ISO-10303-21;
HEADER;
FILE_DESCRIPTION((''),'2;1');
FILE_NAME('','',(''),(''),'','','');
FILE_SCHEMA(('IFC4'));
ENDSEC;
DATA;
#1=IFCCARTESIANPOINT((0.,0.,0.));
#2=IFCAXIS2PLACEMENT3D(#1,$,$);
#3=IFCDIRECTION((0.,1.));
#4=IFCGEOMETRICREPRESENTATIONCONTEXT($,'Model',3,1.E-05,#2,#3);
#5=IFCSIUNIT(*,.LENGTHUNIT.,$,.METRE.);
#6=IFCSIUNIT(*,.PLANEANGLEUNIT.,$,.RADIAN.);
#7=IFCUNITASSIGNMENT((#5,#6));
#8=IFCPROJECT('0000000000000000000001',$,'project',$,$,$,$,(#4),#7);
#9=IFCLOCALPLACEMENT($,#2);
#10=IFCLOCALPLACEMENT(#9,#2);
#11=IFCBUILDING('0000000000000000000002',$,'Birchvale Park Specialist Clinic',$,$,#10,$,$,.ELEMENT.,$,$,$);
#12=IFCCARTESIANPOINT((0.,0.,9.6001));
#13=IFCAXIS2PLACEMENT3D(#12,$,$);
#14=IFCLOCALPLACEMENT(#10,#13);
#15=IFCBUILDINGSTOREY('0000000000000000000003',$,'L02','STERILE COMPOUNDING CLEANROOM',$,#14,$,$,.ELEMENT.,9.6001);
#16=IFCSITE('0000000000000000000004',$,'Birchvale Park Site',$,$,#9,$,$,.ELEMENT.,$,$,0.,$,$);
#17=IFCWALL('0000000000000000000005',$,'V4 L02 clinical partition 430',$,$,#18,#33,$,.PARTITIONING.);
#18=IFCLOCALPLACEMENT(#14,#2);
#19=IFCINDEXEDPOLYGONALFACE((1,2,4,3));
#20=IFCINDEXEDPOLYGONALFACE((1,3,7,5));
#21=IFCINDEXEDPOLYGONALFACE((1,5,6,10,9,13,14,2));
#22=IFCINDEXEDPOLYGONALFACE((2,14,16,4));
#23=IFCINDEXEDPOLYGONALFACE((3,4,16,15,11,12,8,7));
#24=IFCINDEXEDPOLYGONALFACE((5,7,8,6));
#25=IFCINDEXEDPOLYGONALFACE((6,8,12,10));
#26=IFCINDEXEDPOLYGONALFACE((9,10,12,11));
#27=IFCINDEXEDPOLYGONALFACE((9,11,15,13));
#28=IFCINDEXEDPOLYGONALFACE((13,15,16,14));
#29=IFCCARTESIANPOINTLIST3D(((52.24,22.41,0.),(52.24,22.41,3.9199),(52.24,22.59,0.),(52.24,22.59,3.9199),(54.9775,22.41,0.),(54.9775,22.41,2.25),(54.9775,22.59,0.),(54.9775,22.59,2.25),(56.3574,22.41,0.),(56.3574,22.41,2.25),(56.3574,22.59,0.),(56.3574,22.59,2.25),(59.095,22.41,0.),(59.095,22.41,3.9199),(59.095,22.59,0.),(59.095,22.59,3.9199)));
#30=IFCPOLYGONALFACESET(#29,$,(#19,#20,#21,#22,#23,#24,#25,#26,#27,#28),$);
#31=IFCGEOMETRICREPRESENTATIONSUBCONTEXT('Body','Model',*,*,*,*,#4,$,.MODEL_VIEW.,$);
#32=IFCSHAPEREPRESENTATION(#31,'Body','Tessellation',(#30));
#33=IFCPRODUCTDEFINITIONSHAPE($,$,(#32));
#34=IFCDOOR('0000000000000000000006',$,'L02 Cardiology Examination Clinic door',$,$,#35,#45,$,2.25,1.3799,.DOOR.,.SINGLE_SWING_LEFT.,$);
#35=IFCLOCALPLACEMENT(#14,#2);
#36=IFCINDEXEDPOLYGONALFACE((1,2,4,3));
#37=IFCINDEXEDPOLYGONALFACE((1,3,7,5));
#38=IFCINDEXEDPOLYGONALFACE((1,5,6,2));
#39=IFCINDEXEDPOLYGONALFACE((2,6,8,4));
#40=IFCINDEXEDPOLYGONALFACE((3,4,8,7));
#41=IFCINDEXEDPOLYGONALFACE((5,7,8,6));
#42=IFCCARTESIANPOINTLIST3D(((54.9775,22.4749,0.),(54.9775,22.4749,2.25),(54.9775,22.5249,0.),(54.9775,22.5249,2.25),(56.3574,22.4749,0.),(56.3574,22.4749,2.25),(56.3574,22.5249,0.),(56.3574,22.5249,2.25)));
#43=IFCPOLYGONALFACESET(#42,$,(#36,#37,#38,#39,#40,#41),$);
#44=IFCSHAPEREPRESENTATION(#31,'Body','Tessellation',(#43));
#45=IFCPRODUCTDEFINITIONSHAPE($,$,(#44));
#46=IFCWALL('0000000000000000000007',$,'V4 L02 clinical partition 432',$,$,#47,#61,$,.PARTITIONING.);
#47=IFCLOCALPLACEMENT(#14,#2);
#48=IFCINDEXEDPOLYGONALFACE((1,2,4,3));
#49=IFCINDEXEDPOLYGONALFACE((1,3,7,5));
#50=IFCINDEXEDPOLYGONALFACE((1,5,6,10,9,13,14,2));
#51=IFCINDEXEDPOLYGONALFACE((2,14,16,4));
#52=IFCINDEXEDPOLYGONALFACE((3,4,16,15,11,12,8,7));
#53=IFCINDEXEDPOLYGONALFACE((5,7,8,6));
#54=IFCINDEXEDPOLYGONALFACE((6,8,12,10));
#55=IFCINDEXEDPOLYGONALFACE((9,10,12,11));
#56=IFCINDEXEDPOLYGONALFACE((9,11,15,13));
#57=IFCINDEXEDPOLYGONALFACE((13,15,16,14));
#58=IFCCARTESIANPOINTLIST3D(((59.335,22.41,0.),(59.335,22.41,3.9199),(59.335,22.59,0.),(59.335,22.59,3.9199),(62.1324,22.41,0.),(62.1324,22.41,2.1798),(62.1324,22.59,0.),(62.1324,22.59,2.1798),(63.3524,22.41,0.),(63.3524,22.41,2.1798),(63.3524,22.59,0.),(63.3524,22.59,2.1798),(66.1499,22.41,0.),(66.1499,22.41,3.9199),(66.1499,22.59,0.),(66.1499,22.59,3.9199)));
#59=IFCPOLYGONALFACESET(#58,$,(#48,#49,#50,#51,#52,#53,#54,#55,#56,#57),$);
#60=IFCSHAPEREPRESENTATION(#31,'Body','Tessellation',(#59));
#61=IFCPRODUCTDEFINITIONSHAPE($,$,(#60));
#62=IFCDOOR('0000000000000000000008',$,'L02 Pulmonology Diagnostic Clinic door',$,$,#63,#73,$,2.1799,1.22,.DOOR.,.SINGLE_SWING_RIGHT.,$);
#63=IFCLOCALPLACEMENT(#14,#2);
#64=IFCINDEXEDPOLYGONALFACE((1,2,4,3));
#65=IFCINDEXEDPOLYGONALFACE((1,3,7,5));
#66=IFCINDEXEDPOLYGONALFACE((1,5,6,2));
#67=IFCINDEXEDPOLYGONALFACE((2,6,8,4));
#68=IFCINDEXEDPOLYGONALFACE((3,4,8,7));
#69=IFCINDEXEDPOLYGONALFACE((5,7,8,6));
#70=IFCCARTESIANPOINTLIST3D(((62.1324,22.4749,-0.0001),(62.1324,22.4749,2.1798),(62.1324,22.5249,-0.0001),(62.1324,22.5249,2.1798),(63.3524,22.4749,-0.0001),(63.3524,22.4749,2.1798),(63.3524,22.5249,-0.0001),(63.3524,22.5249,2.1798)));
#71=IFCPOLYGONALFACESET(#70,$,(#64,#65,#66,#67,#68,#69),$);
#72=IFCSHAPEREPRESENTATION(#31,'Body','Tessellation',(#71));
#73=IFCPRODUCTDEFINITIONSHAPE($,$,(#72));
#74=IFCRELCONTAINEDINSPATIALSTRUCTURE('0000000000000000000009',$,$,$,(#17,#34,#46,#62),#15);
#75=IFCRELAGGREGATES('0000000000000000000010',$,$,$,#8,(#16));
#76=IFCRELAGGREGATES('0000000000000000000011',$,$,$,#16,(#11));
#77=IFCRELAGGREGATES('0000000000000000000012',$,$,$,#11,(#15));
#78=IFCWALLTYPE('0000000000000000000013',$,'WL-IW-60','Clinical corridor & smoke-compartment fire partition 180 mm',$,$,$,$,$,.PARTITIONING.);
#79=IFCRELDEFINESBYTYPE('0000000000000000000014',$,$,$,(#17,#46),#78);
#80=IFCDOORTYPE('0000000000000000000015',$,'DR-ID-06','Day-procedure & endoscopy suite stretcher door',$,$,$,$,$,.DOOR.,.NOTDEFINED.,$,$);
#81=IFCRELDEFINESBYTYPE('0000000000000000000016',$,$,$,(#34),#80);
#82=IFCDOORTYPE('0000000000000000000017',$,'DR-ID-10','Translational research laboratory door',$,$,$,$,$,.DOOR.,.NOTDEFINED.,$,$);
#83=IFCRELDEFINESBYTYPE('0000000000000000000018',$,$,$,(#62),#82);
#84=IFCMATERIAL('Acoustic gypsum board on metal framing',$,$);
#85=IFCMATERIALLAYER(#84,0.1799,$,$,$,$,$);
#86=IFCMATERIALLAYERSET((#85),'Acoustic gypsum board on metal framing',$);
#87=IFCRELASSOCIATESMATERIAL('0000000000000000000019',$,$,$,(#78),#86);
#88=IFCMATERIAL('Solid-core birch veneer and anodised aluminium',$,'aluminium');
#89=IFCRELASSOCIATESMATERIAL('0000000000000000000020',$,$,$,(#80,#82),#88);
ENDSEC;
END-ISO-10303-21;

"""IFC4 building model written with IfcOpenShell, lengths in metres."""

from ifc_helpers import new_model, si_unit, direction, frame, frame_2d, origin, place, context, subcontext, project, spatial, rectangle, extrude, material, layer, layer_set, type_object, element, fill, save


model = new_model("IFC4")

# Units and contexts
model_context = context("Model", 3, precision=1e-05, world=origin(), true_north=direction((0.0, 1.0)))
body_context = subcontext(model_context, "Body", "Model", "MODEL_VIEW")
ifc_project = project(units=[si_unit("LENGTHUNIT", "METRE"), si_unit("PLANEANGLEUNIT", "RADIAN")], contexts=[model_context])

# Site, building, storey
site_placement = place(None, origin())
site = spatial("IfcSite", under=ifc_project, at=site_placement, Name="Birchvale Park Site", CompositionType="ELEMENT", RefElevation=0.0)
building_placement = place(site_placement, origin())
building = spatial("IfcBuilding", under=site, at=building_placement, Name="Birchvale Park Specialist Clinic", CompositionType="ELEMENT")
storey_placement = place(building_placement, frame((0.0, 0.0, 9.6001)))
storey = spatial("IfcBuildingStorey", under=building, at=storey_placement, Name="L02", Description="STERILE COMPOUNDING CLEANROOM", CompositionType="ELEMENT", Elevation=9.6001)

# Shared definitions
ifc_material_1 = material(Name="Acoustic gypsum board on metal framing")

# Walls, openings, doors
ifc_layer_1 = layer(ifc_material_1, 0.1799)
ifc_layer_set_1 = layer_set([ifc_layer_1], Name="Acoustic gypsum board on metal framing")
wall_type_1 = type_object("IfcWallType", Name="WL-IW-60", Description="Clinical corridor & smoke-compartment fire partition 180 mm", PredefinedType="PARTITIONING", material=ifc_layer_set_1)
wall_1_placement = place(storey_placement, frame((52.24, 22.5, 0.0), z_axis=(0.0, 0.0, 1.0), x_axis=(1.0, 0.0, 0.0)))
wall_1 = element("IfcWall", 1, at=wall_1_placement, inside=storey, type_object=wall_type_1, Name="V4 L02 clinical partition 430", PredefinedType="PARTITIONING", context=body_context, shape_type="SweptSolid", body=[
    extrude(rectangle(XDim=6.855, YDim=0.1799, at=frame_2d((3.4275, 0.0))), origin(), (0.0, 0.0, 1.0), 3.9199),
])
opening_1_placement = place(wall_1_placement, frame((2.7375, 0.0, 0.0)))
opening_1 = element("IfcOpeningElement", 2, at=opening_1_placement, cuts=wall_1, PredefinedType="OPENING", context=body_context, shape_type="SweptSolid", body=[
    extrude(rectangle(XDim=1.3799, YDim=2.25, at=frame_2d((0.6899, 1.125))), frame((0.0, 0.1001, 0.0), z_axis=(0.0, -1.0, 0.0), x_axis=(1.0, 0.0, 0.0)), (0.0, 0.0, 1.0), 0.2),
])
ifc_material_2 = material(Name="Solid-core birch veneer and anodised aluminium", Category="aluminium")
door_type_1 = type_object("IfcDoorType", Name="DR-ID-06", Description="Day-procedure & endoscopy suite stretcher door", OperationType="NOTDEFINED", PredefinedType="DOOR", material=ifc_material_2)
door_1_placement = place(opening_1_placement, origin())
door_1 = element("IfcDoor", 3, at=door_1_placement, inside=storey, type_object=door_type_1, Name="L02 Cardiology Examination Clinic door", OperationType="SINGLE_SWING_LEFT", OverallHeight=2.25, OverallWidth=1.3799, PredefinedType="DOOR", context=body_context, shape_type="SweptSolid", body=[
    extrude(rectangle(XDim=1.3799, YDim=2.25, at=frame_2d((0.6899, 1.125))), frame((0.0, 0.0249, 0.0), z_axis=(0.0, -1.0, 0.0), x_axis=(1.0, 0.0, 0.0)), (0.0, 0.0, 1.0), 0.05),
])
fill(opening_1, door_1)
wall_2_placement = place(storey_placement, frame((59.335, 22.5, 0.0), z_axis=(0.0, 0.0, 1.0), x_axis=(1.0, 0.0, 0.0)))
wall_2 = element("IfcWall", 4, at=wall_2_placement, inside=storey, type_object=wall_type_1, Name="V4 L02 clinical partition 432", PredefinedType="PARTITIONING", context=body_context, shape_type="SweptSolid", body=[
    extrude(rectangle(XDim=6.8149, YDim=0.1799, at=frame_2d((3.4075, 0.0))), origin(), (0.0, 0.0, 1.0), 3.9199),
])
opening_2_placement = place(wall_2_placement, frame((2.7976, 0.0, 0.0)))
opening_2 = element("IfcOpeningElement", 5, at=opening_2_placement, cuts=wall_2, PredefinedType="OPENING", context=body_context, shape_type="SweptSolid", body=[
    extrude(rectangle(XDim=1.22, YDim=2.1799, at=frame_2d((0.6099, 1.0898))), frame((0.0, 0.1001, 0.0), z_axis=(0.0, -1.0, 0.0), x_axis=(1.0, 0.0, 0.0)), (0.0, 0.0, 1.0), 0.2),
])
door_type_2 = type_object("IfcDoorType", Name="DR-ID-10", Description="Translational research laboratory door", OperationType="NOTDEFINED", PredefinedType="DOOR", material=ifc_material_2)
door_2_placement = place(opening_2_placement, origin())
door_2 = element("IfcDoor", 6, at=door_2_placement, inside=storey, type_object=door_type_2, Name="L02 Pulmonology Diagnostic Clinic door", OperationType="SINGLE_SWING_RIGHT", OverallHeight=2.1799, OverallWidth=1.22, PredefinedType="DOOR", context=body_context, shape_type="SweptSolid", body=[
    extrude(rectangle(XDim=1.22, YDim=2.1799, at=frame_2d((0.6099, 1.0898))), frame((0.0, 0.0249, 0.0), z_axis=(0.0, -1.0, 0.0), x_axis=(1.0, 0.0, 0.0)), (0.0, 0.0, 1.0), 0.05),
])
fill(opening_2, door_2)

save(model, "model.ifc")
